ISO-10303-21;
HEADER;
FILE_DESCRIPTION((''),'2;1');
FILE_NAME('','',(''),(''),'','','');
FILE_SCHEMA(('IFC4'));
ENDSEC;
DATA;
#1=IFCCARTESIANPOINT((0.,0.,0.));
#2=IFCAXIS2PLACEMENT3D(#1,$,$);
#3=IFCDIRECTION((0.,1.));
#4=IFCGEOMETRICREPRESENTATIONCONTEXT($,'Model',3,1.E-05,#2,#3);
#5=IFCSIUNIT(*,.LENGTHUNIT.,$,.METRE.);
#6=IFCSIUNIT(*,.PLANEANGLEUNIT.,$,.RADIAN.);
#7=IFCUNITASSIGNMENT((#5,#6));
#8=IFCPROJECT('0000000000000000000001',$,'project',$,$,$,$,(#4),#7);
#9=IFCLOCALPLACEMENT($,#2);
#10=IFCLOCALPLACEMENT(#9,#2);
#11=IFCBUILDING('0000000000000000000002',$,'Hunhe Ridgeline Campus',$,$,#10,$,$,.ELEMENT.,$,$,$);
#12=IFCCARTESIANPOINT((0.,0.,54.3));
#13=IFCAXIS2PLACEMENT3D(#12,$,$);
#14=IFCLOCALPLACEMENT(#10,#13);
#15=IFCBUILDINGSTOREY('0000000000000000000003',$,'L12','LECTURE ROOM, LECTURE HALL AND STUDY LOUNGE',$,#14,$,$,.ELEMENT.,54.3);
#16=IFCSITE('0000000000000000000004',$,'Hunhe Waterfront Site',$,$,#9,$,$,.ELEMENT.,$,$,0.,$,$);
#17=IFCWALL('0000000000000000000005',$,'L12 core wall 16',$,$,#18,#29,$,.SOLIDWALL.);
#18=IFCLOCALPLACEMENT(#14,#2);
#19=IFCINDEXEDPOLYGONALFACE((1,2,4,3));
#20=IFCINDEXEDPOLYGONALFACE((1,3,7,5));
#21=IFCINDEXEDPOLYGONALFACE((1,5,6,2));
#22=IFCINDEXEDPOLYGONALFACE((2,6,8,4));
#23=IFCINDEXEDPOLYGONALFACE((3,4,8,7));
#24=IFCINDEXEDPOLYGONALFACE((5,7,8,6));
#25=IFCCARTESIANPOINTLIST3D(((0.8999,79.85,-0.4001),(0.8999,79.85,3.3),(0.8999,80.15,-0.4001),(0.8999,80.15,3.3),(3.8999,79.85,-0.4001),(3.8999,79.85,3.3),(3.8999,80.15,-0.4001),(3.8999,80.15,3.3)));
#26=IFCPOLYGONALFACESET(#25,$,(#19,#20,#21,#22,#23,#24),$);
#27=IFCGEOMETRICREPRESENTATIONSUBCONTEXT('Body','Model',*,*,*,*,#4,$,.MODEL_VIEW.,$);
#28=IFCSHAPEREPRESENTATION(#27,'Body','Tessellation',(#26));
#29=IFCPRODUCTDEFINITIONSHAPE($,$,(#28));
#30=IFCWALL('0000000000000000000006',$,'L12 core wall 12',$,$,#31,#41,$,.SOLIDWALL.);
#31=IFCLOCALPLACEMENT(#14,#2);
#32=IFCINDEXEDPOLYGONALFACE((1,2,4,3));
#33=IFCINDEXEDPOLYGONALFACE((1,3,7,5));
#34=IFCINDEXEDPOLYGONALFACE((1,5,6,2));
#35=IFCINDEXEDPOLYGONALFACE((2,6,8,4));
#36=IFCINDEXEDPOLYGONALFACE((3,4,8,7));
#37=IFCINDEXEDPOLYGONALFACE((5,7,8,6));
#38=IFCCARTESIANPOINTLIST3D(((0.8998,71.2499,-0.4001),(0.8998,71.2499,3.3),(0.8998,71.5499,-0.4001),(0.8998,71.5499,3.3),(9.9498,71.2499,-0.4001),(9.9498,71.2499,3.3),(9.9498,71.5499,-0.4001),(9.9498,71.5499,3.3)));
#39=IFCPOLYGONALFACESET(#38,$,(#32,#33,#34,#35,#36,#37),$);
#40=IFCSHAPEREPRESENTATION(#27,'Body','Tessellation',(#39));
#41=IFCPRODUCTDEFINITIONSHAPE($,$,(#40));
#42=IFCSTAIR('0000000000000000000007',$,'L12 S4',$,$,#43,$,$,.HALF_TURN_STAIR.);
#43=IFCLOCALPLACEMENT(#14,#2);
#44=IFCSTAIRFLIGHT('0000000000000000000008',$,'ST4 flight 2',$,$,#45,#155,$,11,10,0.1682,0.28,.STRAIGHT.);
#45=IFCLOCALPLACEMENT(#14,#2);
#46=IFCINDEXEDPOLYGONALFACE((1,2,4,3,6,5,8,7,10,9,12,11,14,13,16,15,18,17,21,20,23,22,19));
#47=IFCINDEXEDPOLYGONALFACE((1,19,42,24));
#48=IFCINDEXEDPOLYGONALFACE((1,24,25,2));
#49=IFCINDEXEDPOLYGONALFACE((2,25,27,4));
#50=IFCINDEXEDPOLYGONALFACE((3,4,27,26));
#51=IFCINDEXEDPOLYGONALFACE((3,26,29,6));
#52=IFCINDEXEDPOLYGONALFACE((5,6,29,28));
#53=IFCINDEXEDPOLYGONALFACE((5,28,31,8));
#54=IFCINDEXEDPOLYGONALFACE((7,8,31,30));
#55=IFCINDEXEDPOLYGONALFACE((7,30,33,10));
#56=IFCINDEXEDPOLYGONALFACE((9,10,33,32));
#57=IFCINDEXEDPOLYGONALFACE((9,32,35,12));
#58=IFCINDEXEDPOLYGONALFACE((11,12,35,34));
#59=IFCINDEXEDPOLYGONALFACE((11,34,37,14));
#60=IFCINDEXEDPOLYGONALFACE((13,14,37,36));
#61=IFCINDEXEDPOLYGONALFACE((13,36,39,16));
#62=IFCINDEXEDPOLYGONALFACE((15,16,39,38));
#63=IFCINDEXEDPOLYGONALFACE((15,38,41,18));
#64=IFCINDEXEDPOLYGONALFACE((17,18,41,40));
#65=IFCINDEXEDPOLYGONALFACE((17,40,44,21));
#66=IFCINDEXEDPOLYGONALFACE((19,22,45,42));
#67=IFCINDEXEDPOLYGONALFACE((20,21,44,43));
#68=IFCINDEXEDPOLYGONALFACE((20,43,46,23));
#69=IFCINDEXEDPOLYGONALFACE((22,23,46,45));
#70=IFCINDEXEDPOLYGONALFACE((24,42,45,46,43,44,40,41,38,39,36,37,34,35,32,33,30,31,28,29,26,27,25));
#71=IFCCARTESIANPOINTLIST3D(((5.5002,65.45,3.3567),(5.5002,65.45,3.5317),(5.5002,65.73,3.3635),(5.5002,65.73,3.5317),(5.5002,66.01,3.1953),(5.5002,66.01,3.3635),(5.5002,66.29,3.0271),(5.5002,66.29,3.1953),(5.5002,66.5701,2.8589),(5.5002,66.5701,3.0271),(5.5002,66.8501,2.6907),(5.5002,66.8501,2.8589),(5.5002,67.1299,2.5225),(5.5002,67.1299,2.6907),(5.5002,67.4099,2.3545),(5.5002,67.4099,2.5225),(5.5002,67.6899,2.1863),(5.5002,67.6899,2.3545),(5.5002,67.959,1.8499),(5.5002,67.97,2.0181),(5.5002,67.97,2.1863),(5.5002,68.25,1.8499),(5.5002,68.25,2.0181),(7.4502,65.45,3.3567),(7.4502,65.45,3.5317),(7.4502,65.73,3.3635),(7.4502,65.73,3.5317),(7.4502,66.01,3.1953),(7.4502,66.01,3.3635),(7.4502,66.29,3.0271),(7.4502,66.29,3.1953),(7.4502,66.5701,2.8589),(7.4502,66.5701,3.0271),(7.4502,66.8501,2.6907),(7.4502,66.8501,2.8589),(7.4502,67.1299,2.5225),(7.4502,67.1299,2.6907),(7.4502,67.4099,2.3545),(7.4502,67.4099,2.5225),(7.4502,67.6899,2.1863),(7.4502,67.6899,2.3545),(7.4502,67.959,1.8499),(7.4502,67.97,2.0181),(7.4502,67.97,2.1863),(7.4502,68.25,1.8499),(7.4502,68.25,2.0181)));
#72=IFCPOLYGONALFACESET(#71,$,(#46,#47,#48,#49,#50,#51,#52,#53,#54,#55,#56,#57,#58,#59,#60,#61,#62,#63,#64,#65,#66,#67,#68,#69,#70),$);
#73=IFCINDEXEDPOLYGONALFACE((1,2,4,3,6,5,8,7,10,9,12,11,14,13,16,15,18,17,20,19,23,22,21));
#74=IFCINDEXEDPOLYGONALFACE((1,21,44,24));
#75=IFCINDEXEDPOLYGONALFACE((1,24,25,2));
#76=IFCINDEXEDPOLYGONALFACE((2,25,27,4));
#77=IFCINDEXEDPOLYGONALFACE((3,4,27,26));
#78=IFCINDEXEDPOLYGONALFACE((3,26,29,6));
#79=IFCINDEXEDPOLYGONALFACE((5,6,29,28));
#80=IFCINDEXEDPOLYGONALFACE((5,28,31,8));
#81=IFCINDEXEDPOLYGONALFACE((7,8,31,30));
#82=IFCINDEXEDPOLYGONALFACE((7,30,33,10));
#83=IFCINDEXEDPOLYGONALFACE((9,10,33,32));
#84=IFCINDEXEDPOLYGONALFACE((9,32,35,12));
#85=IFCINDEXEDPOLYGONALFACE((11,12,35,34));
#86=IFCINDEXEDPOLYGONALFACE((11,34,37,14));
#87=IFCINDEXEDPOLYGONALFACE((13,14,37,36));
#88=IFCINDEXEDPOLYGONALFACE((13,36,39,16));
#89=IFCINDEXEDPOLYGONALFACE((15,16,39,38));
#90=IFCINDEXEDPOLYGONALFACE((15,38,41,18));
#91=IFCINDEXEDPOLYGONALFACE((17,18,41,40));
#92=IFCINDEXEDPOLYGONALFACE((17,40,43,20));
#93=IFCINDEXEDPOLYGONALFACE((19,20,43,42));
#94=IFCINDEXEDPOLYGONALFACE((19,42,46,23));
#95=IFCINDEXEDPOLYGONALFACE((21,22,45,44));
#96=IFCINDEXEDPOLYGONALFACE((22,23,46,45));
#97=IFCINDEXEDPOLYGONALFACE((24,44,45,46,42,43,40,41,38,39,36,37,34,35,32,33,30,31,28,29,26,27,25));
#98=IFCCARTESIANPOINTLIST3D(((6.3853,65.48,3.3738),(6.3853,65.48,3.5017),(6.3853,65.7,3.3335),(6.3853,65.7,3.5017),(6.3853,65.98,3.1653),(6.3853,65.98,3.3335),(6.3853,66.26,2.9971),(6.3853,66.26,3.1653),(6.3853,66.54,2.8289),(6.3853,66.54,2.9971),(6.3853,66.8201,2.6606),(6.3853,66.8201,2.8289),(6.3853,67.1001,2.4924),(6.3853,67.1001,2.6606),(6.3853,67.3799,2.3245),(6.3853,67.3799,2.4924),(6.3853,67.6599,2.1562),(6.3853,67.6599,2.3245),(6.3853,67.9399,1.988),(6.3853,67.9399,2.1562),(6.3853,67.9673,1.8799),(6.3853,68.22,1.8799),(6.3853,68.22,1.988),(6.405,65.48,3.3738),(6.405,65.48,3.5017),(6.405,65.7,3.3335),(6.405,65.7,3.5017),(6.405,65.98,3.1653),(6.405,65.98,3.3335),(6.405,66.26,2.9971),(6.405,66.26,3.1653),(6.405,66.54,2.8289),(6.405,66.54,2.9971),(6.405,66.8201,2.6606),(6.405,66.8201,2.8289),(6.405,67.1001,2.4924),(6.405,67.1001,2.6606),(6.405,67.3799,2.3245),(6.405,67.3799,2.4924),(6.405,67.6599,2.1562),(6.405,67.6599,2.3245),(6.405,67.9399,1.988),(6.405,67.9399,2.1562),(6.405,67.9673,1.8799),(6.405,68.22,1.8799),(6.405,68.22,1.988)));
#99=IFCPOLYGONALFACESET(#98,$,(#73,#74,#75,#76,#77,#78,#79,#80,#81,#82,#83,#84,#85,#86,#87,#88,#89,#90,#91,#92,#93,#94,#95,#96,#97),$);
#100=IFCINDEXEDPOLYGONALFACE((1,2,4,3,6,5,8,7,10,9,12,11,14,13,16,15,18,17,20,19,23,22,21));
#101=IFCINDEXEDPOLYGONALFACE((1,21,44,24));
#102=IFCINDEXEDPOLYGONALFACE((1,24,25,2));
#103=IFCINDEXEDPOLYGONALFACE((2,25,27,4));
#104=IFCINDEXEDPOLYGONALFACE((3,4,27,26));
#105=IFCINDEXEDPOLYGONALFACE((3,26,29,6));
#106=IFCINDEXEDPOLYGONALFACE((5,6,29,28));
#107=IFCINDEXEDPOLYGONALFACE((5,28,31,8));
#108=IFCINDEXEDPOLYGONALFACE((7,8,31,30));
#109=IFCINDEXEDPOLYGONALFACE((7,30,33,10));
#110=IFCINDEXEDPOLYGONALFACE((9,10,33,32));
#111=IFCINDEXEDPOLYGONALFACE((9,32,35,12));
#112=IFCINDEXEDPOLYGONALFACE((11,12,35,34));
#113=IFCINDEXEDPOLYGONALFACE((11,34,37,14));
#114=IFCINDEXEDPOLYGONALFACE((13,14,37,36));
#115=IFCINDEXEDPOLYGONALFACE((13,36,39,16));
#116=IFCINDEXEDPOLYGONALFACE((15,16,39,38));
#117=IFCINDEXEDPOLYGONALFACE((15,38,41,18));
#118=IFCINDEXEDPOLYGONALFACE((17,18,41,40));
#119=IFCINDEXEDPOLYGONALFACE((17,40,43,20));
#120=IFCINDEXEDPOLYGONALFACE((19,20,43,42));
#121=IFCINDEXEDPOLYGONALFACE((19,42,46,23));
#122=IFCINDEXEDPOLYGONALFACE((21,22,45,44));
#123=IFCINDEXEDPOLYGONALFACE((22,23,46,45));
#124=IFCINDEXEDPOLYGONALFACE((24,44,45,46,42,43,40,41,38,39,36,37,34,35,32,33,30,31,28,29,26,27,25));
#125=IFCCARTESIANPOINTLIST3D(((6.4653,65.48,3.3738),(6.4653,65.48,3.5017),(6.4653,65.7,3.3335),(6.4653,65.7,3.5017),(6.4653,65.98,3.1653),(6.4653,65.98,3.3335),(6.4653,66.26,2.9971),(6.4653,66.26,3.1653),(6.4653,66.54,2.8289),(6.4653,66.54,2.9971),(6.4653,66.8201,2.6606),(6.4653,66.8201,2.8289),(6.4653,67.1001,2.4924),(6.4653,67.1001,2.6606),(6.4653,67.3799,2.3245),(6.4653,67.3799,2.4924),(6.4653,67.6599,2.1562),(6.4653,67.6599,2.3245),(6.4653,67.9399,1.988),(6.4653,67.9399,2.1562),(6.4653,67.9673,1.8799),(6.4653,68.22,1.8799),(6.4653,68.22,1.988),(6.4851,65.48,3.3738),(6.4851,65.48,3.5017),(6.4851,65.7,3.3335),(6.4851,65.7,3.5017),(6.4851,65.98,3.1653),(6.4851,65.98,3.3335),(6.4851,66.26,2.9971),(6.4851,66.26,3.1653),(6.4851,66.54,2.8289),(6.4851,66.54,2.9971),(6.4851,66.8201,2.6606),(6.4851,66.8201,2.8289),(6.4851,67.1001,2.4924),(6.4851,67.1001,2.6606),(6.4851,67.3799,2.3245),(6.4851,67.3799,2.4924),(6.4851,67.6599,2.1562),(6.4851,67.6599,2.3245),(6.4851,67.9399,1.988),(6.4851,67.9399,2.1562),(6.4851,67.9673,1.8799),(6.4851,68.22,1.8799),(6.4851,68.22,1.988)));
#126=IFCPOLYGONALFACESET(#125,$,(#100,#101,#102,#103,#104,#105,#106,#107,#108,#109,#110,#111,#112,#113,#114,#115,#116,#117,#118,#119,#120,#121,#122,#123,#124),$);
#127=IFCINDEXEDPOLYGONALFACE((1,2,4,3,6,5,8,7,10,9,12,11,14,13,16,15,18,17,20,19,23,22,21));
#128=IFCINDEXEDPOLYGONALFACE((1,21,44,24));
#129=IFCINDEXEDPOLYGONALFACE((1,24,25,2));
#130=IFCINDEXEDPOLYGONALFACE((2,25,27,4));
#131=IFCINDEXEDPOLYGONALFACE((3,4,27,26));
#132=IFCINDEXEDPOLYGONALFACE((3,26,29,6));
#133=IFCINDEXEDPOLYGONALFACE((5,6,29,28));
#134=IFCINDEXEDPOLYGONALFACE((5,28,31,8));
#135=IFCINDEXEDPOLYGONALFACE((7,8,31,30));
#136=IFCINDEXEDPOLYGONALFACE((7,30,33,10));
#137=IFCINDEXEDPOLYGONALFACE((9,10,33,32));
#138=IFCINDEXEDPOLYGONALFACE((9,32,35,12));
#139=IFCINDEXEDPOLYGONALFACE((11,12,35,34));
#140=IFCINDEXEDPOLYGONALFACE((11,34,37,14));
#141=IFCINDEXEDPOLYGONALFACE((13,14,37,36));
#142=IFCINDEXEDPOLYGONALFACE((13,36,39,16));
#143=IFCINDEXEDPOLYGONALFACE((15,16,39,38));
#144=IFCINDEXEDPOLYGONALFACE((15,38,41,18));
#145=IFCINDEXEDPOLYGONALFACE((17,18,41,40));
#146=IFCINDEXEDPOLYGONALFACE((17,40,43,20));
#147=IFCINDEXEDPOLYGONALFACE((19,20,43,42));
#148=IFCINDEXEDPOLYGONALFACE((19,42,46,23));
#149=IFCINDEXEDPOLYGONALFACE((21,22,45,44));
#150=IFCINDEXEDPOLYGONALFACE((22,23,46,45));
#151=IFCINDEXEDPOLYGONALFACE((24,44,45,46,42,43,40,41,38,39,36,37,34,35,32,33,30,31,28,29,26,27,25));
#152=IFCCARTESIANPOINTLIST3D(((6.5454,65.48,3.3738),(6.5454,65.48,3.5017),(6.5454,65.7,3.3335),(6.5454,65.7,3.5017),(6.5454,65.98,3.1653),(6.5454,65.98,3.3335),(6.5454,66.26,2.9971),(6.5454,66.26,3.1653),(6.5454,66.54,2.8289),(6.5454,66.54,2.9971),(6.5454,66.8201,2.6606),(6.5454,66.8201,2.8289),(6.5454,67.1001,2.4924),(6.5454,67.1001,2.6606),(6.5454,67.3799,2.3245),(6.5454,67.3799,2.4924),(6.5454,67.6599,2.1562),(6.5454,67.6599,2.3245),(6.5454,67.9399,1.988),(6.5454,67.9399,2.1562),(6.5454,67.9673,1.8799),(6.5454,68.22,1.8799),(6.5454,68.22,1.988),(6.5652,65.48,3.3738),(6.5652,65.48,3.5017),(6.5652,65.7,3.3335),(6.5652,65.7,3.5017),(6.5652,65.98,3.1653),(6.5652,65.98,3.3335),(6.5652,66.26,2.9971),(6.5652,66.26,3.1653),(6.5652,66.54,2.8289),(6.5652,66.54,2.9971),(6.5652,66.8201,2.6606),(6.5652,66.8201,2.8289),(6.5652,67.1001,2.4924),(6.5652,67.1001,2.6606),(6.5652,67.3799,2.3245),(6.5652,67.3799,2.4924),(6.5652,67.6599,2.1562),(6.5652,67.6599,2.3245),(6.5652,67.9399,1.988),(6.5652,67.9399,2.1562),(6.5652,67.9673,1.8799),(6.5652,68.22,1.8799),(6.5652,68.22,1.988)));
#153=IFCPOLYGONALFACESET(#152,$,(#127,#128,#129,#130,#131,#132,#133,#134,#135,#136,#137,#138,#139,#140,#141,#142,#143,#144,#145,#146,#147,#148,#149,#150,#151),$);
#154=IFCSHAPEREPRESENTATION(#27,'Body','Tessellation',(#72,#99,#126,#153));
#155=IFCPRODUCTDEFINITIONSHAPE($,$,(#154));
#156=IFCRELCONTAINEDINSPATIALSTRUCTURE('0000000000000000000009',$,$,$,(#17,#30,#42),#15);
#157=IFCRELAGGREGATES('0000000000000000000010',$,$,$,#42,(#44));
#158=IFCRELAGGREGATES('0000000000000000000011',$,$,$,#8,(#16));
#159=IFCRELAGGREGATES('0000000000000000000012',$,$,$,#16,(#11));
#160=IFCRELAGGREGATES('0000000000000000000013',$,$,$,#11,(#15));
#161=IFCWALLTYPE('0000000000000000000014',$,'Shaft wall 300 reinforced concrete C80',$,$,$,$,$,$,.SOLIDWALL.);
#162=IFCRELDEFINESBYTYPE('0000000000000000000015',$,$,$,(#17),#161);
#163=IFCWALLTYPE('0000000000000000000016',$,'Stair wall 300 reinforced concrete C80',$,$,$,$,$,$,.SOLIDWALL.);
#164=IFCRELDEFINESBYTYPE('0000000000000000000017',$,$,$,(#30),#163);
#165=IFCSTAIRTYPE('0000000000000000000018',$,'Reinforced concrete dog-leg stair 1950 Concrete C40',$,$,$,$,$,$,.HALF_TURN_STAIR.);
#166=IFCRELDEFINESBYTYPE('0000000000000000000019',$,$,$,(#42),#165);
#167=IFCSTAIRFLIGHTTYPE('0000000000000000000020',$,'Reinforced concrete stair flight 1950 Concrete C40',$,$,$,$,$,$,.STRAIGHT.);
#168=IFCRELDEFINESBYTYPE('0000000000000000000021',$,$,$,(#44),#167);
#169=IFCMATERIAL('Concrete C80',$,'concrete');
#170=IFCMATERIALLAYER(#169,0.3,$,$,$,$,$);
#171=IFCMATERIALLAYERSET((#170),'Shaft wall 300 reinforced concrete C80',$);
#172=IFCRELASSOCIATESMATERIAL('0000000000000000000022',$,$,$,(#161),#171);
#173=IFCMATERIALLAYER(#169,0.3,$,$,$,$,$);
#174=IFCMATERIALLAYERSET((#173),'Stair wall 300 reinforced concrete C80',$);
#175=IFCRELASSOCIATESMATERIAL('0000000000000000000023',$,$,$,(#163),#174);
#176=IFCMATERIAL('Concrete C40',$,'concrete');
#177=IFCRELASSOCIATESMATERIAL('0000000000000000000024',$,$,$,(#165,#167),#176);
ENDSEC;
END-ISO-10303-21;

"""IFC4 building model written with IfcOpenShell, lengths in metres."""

from ifc_helpers import new_model, si_unit, direction, frame, frame_2d, origin, place, context, subcontext, project, spatial, polyline, rectangle, outline, extrude, material, layer, layer_set, type_object, element, aggregate, save


model = new_model("IFC4")

# Units and contexts
model_context = context("Model", 3, precision=1e-05, world=origin(), true_north=direction((0.0, 1.0)))
body_context = subcontext(model_context, "Body", "Model", "MODEL_VIEW")
ifc_project = project(units=[si_unit("LENGTHUNIT", "METRE"), si_unit("PLANEANGLEUNIT", "RADIAN")], contexts=[model_context])

# Site, building, storey
site_placement = place(None, origin())
site = spatial("IfcSite", under=ifc_project, at=site_placement, Name="Hunhe Waterfront Site", CompositionType="ELEMENT", RefElevation=0.0)
building_placement = place(site_placement, origin())
building = spatial("IfcBuilding", under=site, at=building_placement, Name="Hunhe Ridgeline Campus", CompositionType="ELEMENT")
storey_placement = place(building_placement, frame((0.0, 0.0, 54.3)))
storey = spatial("IfcBuildingStorey", under=building, at=storey_placement, Name="L12", Description="LECTURE ROOM, LECTURE HALL AND STUDY LOUNGE", CompositionType="ELEMENT", Elevation=54.3)

# Shared definitions
ifc_material_1 = material(Name="Concrete C80", Category="concrete")
ifc_layer_1 = layer(ifc_material_1, 0.3)
ifc_layer_set_1 = layer_set([ifc_layer_1], Name="Shaft wall 300 reinforced concrete C80")
wall_type_1 = type_object("IfcWallType", Name="Shaft wall 300 reinforced concrete C80", PredefinedType="SOLIDWALL", material=ifc_layer_set_1)

# Wall
wall_1_placement = place(storey_placement, frame((0.8999, 80.0, -0.4001), z_axis=(0.0, 0.0, 1.0), x_axis=(1.0, 0.0, 0.0)))
element("IfcWall", 1, at=wall_1_placement, inside=storey, type_object=wall_type_1, Name="L12 core wall 16", PredefinedType="SOLIDWALL", context=body_context, shape_type="SweptSolid", body=[
    extrude(rectangle(XDim=3.0, YDim=0.3, at=frame_2d((1.5, 0.0))), origin(), (0.0, 0.0, 1.0), 3.7002),
])

# Wall
ifc_layer_2 = layer(ifc_material_1, 0.3)
ifc_layer_set_2 = layer_set([ifc_layer_2], Name="Stair wall 300 reinforced concrete C80")
wall_type_2 = type_object("IfcWallType", Name="Stair wall 300 reinforced concrete C80", PredefinedType="SOLIDWALL", material=ifc_layer_set_2)
wall_2_placement = place(storey_placement, frame((0.8999, 71.3999, -0.4001), z_axis=(0.0, 0.0, 1.0), x_axis=(1.0, 0.0, 0.0)))
element("IfcWall", 2, at=wall_2_placement, inside=storey, type_object=wall_type_2, Name="L12 core wall 12", PredefinedType="SOLIDWALL", context=body_context, shape_type="SweptSolid", body=[
    extrude(rectangle(XDim=9.05, YDim=0.3, at=frame_2d((4.5249, 0.0))), origin(), (0.0, 0.0, 1.0), 3.7002),
])

# Stair, stair flight
ifc_material_2 = material(Name="Concrete C40", Category="concrete")
stair_type = type_object("IfcStairType", Name="Reinforced concrete dog-leg stair 1950 Concrete C40", PredefinedType="HALF_TURN_STAIR", material=ifc_material_2)
stair_placement = place(storey_placement, origin())
stair = element("IfcStair", 3, at=stair_placement, inside=storey, type_object=stair_type, Name="L12 S4", PredefinedType="HALF_TURN_STAIR")
stair_flight_type = type_object("IfcStairFlightType", Name="Reinforced concrete stair flight 1950 Concrete C40", PredefinedType="STRAIGHT", material=ifc_material_2)
stair_flight_placement = place(storey_placement, frame((6.4751, 68.25, 1.8499), z_axis=(0.0, 0.0, 1.0), x_axis=(0.0, -1.0, 0.0)))
stair_flight = element("IfcStairFlight", 4, at=stair_flight_placement, type_object=stair_flight_type, Name="ST4 flight 2", NumberOfRisers=11, NumberOfTreads=10, PredefinedType="STRAIGHT", RiserHeight=0.1682, TreadLength=0.28, context=body_context, shape_type="SweptSolid", body=[
    extrude(outline(polyline([(0.0, 0.0), (0.0, 0.1682), (0.28, 0.1682), (0.28, 0.3364), (0.5601, 0.3364), (0.5601, 0.5046), (0.8401, 0.5046), (0.8401, 0.6726), (1.1201, 0.6726), (1.1201, 0.8408), (1.3999, 0.8408), (1.3999, 1.009), (1.6799, 1.009), (1.6799, 1.1772), (1.96, 1.1772), (1.96, 1.3455), (2.24, 1.3455), (2.24, 1.5137), (2.52, 1.5137), (2.52, 1.6819), (2.8, 1.6819), (2.8, 1.8501), (2.8, 1.5068), (0.291, 0.0), (0.0, 0.0)])), frame((0.0, 0.9751, 0.0), z_axis=(0.0, -1.0, 0.0), x_axis=(1.0, 0.0, 0.0)), (0.0, 0.0, 1.0), 1.95),
    extrude(outline(polyline([(0.03, 0.03), (0.03, 0.1382), (0.3101, 0.1382), (0.3101, 0.3064), (0.5901, 0.3064), (0.5901, 0.4746), (0.8701, 0.4746), (0.8701, 0.6426), (1.1499, 0.6426), (1.1499, 0.8108), (1.4299, 0.8108), (1.4299, 0.979), (1.71, 0.979), (1.71, 1.1472), (1.99, 1.1472), (1.99, 1.3154), (2.27, 1.3154), (2.27, 1.4836), (2.55, 1.4836), (2.55, 1.6519), (2.77, 1.6519), (2.77, 1.5239), (0.2827, 0.03), (0.03, 0.03)])), frame((0.0, -0.0701, 0.0), z_axis=(0.0, -1.0, 0.0), x_axis=(1.0, 0.0, 0.0)), (0.0, 0.0, 1.0), 0.0198),
    extrude(outline(polyline([(0.03, 0.03), (0.03, 0.1382), (0.3101, 0.1382), (0.3101, 0.3064), (0.5901, 0.3064), (0.5901, 0.4746), (0.8701, 0.4746), (0.8701, 0.6426), (1.1499, 0.6426), (1.1499, 0.8108), (1.4299, 0.8108), (1.4299, 0.979), (1.71, 0.979), (1.71, 1.1472), (1.99, 1.1472), (1.99, 1.3154), (2.27, 1.3154), (2.27, 1.4836), (2.55, 1.4836), (2.55, 1.6519), (2.77, 1.6519), (2.77, 1.5239), (0.2827, 0.03), (0.03, 0.03)])), frame((0.0, 0.01, 0.0), z_axis=(0.0, -1.0, 0.0), x_axis=(1.0, 0.0, 0.0)), (0.0, 0.0, 1.0), 0.0198),
    extrude(outline(polyline([(0.03, 0.03), (0.03, 0.1382), (0.3101, 0.1382), (0.3101, 0.3064), (0.5901, 0.3064), (0.5901, 0.4746), (0.8701, 0.4746), (0.8701, 0.6426), (1.1499, 0.6426), (1.1499, 0.8108), (1.4299, 0.8108), (1.4299, 0.979), (1.71, 0.979), (1.71, 1.1472), (1.99, 1.1472), (1.99, 1.3154), (2.27, 1.3154), (2.27, 1.4836), (2.55, 1.4836), (2.55, 1.6519), (2.77, 1.6519), (2.77, 1.5239), (0.2827, 0.03), (0.03, 0.03)])), frame((0.0, 0.0901, 0.0), z_axis=(0.0, -1.0, 0.0), x_axis=(1.0, 0.0, 0.0)), (0.0, 0.0, 1.0), 0.0198),
])
aggregate(stair, [stair_flight])

save(model, "model.ifc")
